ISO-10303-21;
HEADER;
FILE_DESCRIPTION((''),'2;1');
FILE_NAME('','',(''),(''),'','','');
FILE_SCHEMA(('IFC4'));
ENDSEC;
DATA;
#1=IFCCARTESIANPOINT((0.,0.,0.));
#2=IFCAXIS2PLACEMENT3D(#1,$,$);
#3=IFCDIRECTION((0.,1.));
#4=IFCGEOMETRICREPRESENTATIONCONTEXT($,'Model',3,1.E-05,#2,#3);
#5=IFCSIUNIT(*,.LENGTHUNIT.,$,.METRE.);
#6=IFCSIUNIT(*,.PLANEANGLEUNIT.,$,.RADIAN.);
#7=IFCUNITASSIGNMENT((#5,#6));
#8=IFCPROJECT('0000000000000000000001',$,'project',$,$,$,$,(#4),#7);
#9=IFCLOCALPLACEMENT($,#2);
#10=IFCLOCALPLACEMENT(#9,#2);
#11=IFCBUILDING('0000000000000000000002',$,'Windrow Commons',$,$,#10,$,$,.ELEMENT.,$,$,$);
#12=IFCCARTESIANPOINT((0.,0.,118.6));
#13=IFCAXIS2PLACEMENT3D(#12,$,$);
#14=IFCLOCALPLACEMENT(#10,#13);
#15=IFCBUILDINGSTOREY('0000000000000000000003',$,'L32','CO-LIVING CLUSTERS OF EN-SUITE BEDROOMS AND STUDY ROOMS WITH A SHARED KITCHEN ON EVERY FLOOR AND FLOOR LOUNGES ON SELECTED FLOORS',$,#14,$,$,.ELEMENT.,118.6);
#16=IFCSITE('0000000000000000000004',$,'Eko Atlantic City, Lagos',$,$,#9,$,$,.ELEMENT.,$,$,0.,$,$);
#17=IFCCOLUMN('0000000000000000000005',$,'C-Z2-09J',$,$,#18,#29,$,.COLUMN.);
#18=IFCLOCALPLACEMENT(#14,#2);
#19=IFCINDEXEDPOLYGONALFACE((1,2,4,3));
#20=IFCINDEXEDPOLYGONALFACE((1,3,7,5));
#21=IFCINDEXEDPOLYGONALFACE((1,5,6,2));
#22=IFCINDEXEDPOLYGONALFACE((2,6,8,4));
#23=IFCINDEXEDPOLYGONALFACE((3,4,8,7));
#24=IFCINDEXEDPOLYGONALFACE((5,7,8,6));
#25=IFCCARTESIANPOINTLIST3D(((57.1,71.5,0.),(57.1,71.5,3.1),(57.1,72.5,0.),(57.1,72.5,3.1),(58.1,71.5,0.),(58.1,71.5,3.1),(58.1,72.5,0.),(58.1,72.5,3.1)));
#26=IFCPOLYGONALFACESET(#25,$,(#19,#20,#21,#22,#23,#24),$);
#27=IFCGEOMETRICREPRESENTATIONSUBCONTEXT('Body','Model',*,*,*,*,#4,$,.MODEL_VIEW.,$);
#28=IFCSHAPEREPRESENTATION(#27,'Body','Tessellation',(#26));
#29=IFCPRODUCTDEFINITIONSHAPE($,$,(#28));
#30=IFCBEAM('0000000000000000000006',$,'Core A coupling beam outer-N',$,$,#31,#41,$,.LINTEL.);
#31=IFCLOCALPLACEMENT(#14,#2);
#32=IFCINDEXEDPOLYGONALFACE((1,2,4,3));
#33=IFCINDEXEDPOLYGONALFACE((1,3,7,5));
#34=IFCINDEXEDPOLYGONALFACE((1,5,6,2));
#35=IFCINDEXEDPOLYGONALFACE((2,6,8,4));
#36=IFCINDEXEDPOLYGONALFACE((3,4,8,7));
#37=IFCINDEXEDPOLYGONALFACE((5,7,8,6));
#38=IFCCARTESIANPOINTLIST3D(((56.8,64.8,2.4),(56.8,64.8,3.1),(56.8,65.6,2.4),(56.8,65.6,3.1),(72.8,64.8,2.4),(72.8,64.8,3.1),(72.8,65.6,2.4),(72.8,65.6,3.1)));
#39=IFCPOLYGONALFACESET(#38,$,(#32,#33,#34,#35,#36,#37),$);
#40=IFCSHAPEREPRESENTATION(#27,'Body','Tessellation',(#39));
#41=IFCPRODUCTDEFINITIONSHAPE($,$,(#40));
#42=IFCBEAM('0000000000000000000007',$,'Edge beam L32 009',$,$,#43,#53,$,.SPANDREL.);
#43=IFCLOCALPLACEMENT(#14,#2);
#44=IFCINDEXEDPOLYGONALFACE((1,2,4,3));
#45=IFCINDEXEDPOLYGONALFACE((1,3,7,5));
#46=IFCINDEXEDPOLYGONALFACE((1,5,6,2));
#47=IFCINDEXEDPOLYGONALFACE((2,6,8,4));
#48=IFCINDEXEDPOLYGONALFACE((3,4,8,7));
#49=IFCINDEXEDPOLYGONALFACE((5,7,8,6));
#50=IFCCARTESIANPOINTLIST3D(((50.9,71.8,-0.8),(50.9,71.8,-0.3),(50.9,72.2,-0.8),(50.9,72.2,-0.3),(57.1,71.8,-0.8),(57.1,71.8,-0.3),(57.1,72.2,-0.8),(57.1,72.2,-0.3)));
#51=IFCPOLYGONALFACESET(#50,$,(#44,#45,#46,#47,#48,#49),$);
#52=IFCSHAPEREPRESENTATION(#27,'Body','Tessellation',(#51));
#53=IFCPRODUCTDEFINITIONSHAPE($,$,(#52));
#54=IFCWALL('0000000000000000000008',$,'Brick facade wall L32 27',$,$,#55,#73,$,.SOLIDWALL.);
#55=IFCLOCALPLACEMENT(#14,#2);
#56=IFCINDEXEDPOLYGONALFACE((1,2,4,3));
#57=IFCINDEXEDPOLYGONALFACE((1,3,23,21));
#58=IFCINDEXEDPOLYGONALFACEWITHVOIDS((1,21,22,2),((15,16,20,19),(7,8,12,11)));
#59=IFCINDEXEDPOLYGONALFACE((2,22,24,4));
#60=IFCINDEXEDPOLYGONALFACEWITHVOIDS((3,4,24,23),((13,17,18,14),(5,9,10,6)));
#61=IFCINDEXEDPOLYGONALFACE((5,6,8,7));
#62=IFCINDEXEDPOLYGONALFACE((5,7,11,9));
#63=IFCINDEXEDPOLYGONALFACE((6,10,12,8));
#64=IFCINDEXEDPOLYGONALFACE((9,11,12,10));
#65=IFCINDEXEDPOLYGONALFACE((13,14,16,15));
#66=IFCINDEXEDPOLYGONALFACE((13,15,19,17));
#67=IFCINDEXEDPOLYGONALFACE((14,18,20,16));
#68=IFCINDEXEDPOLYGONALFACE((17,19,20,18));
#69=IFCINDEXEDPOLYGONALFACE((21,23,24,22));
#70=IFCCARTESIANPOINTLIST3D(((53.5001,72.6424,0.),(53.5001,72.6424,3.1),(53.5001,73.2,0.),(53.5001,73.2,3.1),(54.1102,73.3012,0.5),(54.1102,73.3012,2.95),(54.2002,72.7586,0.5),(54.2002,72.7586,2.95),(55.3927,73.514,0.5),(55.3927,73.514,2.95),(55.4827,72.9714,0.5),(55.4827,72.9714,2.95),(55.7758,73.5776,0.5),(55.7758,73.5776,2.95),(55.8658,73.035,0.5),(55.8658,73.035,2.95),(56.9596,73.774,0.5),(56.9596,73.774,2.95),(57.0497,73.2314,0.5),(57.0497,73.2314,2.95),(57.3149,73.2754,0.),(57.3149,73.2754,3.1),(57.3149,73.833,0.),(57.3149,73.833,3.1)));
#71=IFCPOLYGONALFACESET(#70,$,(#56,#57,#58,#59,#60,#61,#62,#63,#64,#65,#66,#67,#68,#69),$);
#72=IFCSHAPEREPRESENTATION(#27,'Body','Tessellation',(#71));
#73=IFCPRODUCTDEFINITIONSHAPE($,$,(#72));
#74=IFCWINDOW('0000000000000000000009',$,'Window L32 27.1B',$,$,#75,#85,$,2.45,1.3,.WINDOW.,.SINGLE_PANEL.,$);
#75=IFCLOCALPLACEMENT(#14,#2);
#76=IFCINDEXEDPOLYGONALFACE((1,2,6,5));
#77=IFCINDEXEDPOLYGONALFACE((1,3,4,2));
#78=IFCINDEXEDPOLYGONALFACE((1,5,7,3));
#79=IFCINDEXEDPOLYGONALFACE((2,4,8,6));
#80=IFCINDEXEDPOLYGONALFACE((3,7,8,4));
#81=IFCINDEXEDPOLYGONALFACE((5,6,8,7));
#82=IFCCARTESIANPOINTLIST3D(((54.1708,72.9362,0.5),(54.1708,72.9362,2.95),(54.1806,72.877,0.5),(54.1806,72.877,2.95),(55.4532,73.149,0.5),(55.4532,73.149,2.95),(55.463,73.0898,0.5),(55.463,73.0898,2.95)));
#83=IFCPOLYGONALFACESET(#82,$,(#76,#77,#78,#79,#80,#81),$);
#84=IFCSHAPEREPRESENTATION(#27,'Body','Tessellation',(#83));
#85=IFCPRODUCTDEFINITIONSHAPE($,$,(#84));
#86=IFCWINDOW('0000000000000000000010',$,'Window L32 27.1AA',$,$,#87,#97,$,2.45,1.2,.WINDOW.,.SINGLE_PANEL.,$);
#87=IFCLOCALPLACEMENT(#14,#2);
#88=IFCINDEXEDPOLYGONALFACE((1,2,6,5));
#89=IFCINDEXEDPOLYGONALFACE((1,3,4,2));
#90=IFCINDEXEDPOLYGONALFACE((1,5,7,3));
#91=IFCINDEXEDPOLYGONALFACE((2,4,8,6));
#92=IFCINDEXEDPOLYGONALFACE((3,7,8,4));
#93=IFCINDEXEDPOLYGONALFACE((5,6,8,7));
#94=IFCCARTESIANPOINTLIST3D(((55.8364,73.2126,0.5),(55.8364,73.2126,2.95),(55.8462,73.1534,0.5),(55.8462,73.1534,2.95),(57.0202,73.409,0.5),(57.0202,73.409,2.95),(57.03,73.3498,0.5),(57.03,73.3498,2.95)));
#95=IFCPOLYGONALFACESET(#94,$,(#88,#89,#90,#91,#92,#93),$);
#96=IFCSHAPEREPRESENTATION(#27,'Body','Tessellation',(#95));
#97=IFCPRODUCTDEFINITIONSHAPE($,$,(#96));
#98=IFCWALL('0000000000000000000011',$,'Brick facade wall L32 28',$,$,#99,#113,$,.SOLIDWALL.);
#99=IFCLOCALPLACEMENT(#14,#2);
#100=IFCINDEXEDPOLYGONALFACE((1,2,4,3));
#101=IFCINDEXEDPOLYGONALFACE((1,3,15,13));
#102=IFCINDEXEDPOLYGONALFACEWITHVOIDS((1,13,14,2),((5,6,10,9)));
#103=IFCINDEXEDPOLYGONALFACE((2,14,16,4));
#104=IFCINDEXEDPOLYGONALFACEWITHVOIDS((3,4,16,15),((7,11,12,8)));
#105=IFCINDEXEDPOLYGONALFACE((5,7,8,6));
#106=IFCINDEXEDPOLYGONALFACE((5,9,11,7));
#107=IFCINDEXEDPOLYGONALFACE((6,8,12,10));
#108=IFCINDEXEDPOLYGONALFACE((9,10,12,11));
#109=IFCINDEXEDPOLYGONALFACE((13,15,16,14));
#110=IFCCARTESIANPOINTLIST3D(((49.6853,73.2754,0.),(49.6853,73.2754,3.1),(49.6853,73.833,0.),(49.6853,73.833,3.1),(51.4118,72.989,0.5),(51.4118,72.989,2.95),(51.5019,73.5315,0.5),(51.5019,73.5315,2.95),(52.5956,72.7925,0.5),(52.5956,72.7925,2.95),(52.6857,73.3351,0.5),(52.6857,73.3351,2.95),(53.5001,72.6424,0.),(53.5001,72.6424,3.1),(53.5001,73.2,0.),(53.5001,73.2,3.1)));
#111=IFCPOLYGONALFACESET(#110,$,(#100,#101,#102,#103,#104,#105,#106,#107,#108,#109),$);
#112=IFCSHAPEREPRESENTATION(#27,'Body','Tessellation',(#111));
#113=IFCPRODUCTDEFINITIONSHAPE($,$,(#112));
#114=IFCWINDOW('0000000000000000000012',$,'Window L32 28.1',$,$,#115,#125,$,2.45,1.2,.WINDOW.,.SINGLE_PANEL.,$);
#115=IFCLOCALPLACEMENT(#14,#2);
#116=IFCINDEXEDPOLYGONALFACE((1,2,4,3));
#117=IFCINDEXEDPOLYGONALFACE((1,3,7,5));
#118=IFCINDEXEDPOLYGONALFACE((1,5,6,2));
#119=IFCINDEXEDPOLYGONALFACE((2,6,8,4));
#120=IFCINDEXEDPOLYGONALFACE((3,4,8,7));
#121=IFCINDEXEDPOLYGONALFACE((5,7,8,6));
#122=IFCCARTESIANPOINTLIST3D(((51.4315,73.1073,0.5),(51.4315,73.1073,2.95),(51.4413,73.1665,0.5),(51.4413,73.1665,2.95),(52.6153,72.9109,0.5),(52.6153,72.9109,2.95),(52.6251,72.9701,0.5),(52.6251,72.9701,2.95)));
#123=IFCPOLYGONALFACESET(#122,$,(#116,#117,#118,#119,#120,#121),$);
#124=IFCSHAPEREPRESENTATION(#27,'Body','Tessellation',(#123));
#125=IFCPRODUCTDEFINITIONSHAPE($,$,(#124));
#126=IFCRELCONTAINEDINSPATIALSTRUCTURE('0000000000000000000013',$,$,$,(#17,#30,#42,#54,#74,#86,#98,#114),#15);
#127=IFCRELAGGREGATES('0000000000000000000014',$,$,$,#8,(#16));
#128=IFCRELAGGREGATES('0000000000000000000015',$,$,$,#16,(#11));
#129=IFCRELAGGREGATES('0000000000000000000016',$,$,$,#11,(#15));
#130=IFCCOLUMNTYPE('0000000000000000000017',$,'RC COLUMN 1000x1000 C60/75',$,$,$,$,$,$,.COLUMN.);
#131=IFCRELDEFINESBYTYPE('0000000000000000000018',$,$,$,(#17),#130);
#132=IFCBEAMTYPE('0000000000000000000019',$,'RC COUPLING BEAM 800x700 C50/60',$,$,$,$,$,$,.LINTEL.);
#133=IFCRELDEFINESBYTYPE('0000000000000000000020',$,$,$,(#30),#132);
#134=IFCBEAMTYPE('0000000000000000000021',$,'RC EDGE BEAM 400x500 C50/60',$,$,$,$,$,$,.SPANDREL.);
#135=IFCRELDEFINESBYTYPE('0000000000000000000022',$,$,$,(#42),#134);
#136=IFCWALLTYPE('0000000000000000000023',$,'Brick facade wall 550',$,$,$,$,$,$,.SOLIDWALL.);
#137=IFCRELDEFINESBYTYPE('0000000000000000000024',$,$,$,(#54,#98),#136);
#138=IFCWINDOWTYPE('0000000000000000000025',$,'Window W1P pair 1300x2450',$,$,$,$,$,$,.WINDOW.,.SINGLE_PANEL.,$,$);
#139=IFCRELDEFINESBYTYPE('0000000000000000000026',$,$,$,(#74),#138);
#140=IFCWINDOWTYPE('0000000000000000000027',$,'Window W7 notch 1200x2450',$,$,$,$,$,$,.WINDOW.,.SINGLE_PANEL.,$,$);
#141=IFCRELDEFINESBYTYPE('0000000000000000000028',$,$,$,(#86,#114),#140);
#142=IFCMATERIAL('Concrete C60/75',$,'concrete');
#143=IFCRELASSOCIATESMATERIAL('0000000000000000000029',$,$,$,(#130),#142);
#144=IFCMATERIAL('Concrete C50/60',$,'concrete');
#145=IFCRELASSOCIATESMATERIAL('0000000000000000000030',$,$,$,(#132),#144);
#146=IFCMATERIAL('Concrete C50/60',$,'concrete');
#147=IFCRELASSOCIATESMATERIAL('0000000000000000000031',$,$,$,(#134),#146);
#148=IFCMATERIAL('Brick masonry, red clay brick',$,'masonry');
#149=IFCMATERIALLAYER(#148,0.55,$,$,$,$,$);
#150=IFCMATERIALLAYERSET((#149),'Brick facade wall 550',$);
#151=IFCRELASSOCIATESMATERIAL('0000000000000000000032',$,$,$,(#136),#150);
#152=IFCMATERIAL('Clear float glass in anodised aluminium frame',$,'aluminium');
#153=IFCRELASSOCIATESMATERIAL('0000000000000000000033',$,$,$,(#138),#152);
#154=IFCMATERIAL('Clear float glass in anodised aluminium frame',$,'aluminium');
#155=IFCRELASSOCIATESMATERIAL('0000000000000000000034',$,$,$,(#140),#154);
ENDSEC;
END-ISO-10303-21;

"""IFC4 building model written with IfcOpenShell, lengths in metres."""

from ifc_helpers import new_model, si_unit, direction, frame, frame_2d, origin, origin_2d, place, context, subcontext, project, spatial, polyline, rectangle, outline, extrude, material, layer, layer_set, material_profile, profile_set, type_object, element, fill, save


model = new_model("IFC4")

# Units and contexts
model_context = context("Model", 3, precision=1e-05, world=origin(), true_north=direction((0.0, 1.0)))
body_context = subcontext(model_context, "Body", "Model", "MODEL_VIEW")
ifc_project = project(units=[si_unit("LENGTHUNIT", "METRE"), si_unit("PLANEANGLEUNIT", "RADIAN")], contexts=[model_context])

# Site, building, storey
site_placement = place(None, origin())
site = spatial("IfcSite", under=ifc_project, at=site_placement, Name="Eko Atlantic City, Lagos", CompositionType="ELEMENT", RefElevation=0.0)
building_placement = place(site_placement, origin())
building = spatial("IfcBuilding", under=site, at=building_placement, Name="Windrow Commons", CompositionType="ELEMENT")
storey_placement = place(building_placement, frame((0.0, 0.0, 118.6)))
storey = spatial("IfcBuildingStorey", under=building, at=storey_placement, Name="L32", Description="CO-LIVING CLUSTERS OF EN-SUITE BEDROOMS AND STUDY ROOMS WITH A SHARED KITCHEN ON EVERY FLOOR AND FLOOR LOUNGES ON SELECTED FLOORS", CompositionType="ELEMENT", Elevation=118.6)

# Column
ifc_material_1 = material(Name="Concrete C60/75", Category="concrete")
ifc_material_profile_1 = material_profile(ifc_material_1, rectangle(XDim=1.0, YDim=1.0, at=origin_2d()))
ifc_profile_set_1 = profile_set([ifc_material_profile_1], Name="Concrete C60/75")
column_type = type_object("IfcColumnType", Name="RC COLUMN 1000x1000 C60/75", PredefinedType="COLUMN", material=ifc_profile_set_1)
column_placement = place(storey_placement, frame((57.6, 72.0, 0.0), z_axis=(0.0, 0.0, 1.0), x_axis=(1.0, 0.0, 0.0)))
element("IfcColumn", 1, at=column_placement, inside=storey, type_object=column_type, Name="C-Z2-09J", PredefinedType="COLUMN", context=body_context, shape_type="SweptSolid", body=[
    extrude(rectangle(XDim=1.0, YDim=1.0, at=origin_2d()), origin(), (0.0, 0.0, 1.0), 3.1),
])

# Beams
ifc_material_2 = material(Name="Concrete C50/60", Category="concrete")
ifc_material_profile_2 = material_profile(ifc_material_2, rectangle(XDim=0.8, YDim=0.7, at=origin_2d()))
ifc_profile_set_2 = profile_set([ifc_material_profile_2], Name="Concrete C50/60")
beam_type_1 = type_object("IfcBeamType", Name="RC COUPLING BEAM 800x700 C50/60", PredefinedType="LINTEL", material=ifc_profile_set_2)
beam_1_placement = place(storey_placement, frame((56.8, 65.2, 2.75), z_axis=(1.0, 0.0, 0.0), x_axis=(0.0, 1.0, 0.0)))
element("IfcBeam", 2, at=beam_1_placement, inside=storey, type_object=beam_type_1, Name="Core A coupling beam outer-N", PredefinedType="LINTEL", context=body_context, shape_type="SweptSolid", body=[
    extrude(rectangle(XDim=0.8, YDim=0.7, at=origin_2d()), origin(), (0.0, 0.0, 1.0), 16.0),
])
ifc_material_3 = material(Name="Concrete C50/60", Category="concrete")
ifc_material_profile_3 = material_profile(ifc_material_3, rectangle(XDim=0.4, YDim=0.5, at=origin_2d()))
ifc_profile_set_3 = profile_set([ifc_material_profile_3], Name="Concrete C50/60")
beam_type_2 = type_object("IfcBeamType", Name="RC EDGE BEAM 400x500 C50/60", PredefinedType="SPANDREL", material=ifc_profile_set_3)
beam_2_placement = place(storey_placement, frame((50.9, 72.0, -0.55), z_axis=(1.0, 0.0, 0.0), x_axis=(0.0, 1.0, 0.0)))
element("IfcBeam", 3, at=beam_2_placement, inside=storey, type_object=beam_type_2, Name="Edge beam L32 009", PredefinedType="SPANDREL", context=body_context, shape_type="SweptSolid", body=[
    extrude(rectangle(XDim=0.4, YDim=0.5, at=origin_2d()), origin(), (0.0, 0.0, 1.0), 6.2),
])

# Wall, openings, windows
ifc_material_4 = material(Name="Brick masonry, red clay brick", Category="masonry")
ifc_layer_1 = layer(ifc_material_4, 0.55)
ifc_layer_set_1 = layer_set([ifc_layer_1], Name="Brick facade wall 550")
wall_type_1 = type_object("IfcWallType", Name="Brick facade wall 550", PredefinedType="SOLIDWALL", material=ifc_layer_set_1)
wall_1_placement = place(storey_placement, frame((57.3149, 73.5542, 0.0), z_axis=(0.0, 0.0, 1.0), x_axis=(-0.986511, -0.163694, 0.0)))
wall_1 = element("IfcWall", 4, at=wall_1_placement, inside=storey, type_object=wall_type_1, Name="Brick facade wall L32 27", PredefinedType="SOLIDWALL", context=body_context, shape_type="SweptSolid", body=[
    extrude(outline(polyline([(-0.0456, -0.275), (3.8213, -0.275), (3.9126, 0.275), (0.0456, 0.275), (-0.0456, -0.275)])), origin(), (0.0, 0.0, 1.0), 3.1),
])
opening_1_placement = place(wall_1_placement, frame((1.9029, 0.0, 0.5)))
opening_1 = element("IfcOpeningElement", 5, at=opening_1_placement, cuts=wall_1, PredefinedType="OPENING", context=body_context, shape_type="SweptSolid", body=[
    extrude(rectangle(XDim=1.3, YDim=2.45, at=frame_2d((0.65, 1.225))), frame((0.0, 0.285, 0.0), z_axis=(0.0, -1.0, 0.0), x_axis=(1.0, 0.0, 0.0)), (0.0, 0.0, 1.0), 0.57),
])
opening_2_placement = place(wall_1_placement, frame((0.3145, 0.0, 0.5)))
opening_2 = element("IfcOpeningElement", 6, at=opening_2_placement, cuts=wall_1, PredefinedType="OPENING", context=body_context, shape_type="SweptSolid", body=[
    extrude(rectangle(XDim=1.2, YDim=2.45, at=frame_2d((0.6, 1.225))), frame((0.0, 0.285, 0.0), z_axis=(0.0, -1.0, 0.0), x_axis=(1.0, 0.0, 0.0)), (0.0, 0.0, 1.0), 0.57),
])
ifc_material_5 = material(Name="Clear float glass in anodised aluminium frame", Category="aluminium")
window_type_1 = type_object("IfcWindowType", Name="Window W1P pair 1300x2450", PartitioningType="SINGLE_PANEL", PredefinedType="WINDOW", material=ifc_material_5)
window_1_placement = place(opening_1_placement, origin())
window_1 = element("IfcWindow", 7, at=window_1_placement, inside=storey, type_object=window_type_1, Name="Window L32 27.1B", OverallHeight=2.45, OverallWidth=1.3, PartitioningType="SINGLE_PANEL", PredefinedType="WINDOW", context=body_context, shape_type="SweptSolid", body=[
    extrude(rectangle(XDim=1.3, YDim=2.45, at=frame_2d((0.65, 1.225))), frame((0.0, 0.155, 0.0), z_axis=(0.0, -1.0, 0.0), x_axis=(1.0, 0.0, 0.0)), (0.0, 0.0, 1.0), 0.06),
])
fill(opening_1, window_1)
ifc_material_6 = material(Name="Clear float glass in anodised aluminium frame", Category="aluminium")
window_type_2 = type_object("IfcWindowType", Name="Window W7 notch 1200x2450", PartitioningType="SINGLE_PANEL", PredefinedType="WINDOW", material=ifc_material_6)
window_2_placement = place(opening_2_placement, origin())
window_2 = element("IfcWindow", 8, at=window_2_placement, inside=storey, type_object=window_type_2, Name="Window L32 27.1AA", OverallHeight=2.45, OverallWidth=1.2, PartitioningType="SINGLE_PANEL", PredefinedType="WINDOW", context=body_context, shape_type="SweptSolid", body=[
    extrude(rectangle(XDim=1.2, YDim=2.45, at=frame_2d((0.6, 1.225))), frame((0.0, 0.155, 0.0), z_axis=(0.0, -1.0, 0.0), x_axis=(1.0, 0.0, 0.0)), (0.0, 0.0, 1.0), 0.06),
])
fill(opening_2, window_2)

# Wall, opening, window
wall_2_placement = place(storey_placement, frame((53.5001, 72.9212, 0.0), z_axis=(0.0, 0.0, 1.0), x_axis=(-0.986511, 0.163694, 0.0)))
wall_2 = element("IfcWall", 9, at=wall_2_placement, inside=storey, type_object=wall_type_1, Name="Brick facade wall L32 28", PredefinedType="SOLIDWALL", context=body_context, shape_type="SweptSolid", body=[
    extrude(outline(polyline([(0.0456, -0.275), (3.9126, -0.275), (3.8213, 0.275), (-0.0456, 0.275), (0.0456, -0.275)])), origin(), (0.0, 0.0, 1.0), 3.1),
])
opening_3_placement = place(wall_2_placement, frame((0.8712, 0.0, 0.5)))
opening_3 = element("IfcOpeningElement", 10, at=opening_3_placement, cuts=wall_2, PredefinedType="OPENING", context=body_context, shape_type="SweptSolid", body=[
    extrude(rectangle(XDim=1.2, YDim=2.45, at=frame_2d((0.6, 1.225))), frame((0.0, 0.285, 0.0), z_axis=(0.0, -1.0, 0.0), x_axis=(1.0, 0.0, 0.0)), (0.0, 0.0, 1.0), 0.57),
])
window_3_placement = place(opening_3_placement, origin())
window_3 = element("IfcWindow", 11, at=window_3_placement, inside=storey, type_object=window_type_2, Name="Window L32 28.1", OverallHeight=2.45, OverallWidth=1.2, PartitioningType="SINGLE_PANEL", PredefinedType="WINDOW", context=body_context, shape_type="SweptSolid", body=[
    extrude(rectangle(XDim=1.2, YDim=2.45, at=frame_2d((0.6, 1.225))), frame((0.0, 0.155, 0.0), z_axis=(0.0, -1.0, 0.0), x_axis=(1.0, 0.0, 0.0)), (0.0, 0.0, 1.0), 0.06),
])
fill(opening_3, window_3)

save(model, "model.ifc")
